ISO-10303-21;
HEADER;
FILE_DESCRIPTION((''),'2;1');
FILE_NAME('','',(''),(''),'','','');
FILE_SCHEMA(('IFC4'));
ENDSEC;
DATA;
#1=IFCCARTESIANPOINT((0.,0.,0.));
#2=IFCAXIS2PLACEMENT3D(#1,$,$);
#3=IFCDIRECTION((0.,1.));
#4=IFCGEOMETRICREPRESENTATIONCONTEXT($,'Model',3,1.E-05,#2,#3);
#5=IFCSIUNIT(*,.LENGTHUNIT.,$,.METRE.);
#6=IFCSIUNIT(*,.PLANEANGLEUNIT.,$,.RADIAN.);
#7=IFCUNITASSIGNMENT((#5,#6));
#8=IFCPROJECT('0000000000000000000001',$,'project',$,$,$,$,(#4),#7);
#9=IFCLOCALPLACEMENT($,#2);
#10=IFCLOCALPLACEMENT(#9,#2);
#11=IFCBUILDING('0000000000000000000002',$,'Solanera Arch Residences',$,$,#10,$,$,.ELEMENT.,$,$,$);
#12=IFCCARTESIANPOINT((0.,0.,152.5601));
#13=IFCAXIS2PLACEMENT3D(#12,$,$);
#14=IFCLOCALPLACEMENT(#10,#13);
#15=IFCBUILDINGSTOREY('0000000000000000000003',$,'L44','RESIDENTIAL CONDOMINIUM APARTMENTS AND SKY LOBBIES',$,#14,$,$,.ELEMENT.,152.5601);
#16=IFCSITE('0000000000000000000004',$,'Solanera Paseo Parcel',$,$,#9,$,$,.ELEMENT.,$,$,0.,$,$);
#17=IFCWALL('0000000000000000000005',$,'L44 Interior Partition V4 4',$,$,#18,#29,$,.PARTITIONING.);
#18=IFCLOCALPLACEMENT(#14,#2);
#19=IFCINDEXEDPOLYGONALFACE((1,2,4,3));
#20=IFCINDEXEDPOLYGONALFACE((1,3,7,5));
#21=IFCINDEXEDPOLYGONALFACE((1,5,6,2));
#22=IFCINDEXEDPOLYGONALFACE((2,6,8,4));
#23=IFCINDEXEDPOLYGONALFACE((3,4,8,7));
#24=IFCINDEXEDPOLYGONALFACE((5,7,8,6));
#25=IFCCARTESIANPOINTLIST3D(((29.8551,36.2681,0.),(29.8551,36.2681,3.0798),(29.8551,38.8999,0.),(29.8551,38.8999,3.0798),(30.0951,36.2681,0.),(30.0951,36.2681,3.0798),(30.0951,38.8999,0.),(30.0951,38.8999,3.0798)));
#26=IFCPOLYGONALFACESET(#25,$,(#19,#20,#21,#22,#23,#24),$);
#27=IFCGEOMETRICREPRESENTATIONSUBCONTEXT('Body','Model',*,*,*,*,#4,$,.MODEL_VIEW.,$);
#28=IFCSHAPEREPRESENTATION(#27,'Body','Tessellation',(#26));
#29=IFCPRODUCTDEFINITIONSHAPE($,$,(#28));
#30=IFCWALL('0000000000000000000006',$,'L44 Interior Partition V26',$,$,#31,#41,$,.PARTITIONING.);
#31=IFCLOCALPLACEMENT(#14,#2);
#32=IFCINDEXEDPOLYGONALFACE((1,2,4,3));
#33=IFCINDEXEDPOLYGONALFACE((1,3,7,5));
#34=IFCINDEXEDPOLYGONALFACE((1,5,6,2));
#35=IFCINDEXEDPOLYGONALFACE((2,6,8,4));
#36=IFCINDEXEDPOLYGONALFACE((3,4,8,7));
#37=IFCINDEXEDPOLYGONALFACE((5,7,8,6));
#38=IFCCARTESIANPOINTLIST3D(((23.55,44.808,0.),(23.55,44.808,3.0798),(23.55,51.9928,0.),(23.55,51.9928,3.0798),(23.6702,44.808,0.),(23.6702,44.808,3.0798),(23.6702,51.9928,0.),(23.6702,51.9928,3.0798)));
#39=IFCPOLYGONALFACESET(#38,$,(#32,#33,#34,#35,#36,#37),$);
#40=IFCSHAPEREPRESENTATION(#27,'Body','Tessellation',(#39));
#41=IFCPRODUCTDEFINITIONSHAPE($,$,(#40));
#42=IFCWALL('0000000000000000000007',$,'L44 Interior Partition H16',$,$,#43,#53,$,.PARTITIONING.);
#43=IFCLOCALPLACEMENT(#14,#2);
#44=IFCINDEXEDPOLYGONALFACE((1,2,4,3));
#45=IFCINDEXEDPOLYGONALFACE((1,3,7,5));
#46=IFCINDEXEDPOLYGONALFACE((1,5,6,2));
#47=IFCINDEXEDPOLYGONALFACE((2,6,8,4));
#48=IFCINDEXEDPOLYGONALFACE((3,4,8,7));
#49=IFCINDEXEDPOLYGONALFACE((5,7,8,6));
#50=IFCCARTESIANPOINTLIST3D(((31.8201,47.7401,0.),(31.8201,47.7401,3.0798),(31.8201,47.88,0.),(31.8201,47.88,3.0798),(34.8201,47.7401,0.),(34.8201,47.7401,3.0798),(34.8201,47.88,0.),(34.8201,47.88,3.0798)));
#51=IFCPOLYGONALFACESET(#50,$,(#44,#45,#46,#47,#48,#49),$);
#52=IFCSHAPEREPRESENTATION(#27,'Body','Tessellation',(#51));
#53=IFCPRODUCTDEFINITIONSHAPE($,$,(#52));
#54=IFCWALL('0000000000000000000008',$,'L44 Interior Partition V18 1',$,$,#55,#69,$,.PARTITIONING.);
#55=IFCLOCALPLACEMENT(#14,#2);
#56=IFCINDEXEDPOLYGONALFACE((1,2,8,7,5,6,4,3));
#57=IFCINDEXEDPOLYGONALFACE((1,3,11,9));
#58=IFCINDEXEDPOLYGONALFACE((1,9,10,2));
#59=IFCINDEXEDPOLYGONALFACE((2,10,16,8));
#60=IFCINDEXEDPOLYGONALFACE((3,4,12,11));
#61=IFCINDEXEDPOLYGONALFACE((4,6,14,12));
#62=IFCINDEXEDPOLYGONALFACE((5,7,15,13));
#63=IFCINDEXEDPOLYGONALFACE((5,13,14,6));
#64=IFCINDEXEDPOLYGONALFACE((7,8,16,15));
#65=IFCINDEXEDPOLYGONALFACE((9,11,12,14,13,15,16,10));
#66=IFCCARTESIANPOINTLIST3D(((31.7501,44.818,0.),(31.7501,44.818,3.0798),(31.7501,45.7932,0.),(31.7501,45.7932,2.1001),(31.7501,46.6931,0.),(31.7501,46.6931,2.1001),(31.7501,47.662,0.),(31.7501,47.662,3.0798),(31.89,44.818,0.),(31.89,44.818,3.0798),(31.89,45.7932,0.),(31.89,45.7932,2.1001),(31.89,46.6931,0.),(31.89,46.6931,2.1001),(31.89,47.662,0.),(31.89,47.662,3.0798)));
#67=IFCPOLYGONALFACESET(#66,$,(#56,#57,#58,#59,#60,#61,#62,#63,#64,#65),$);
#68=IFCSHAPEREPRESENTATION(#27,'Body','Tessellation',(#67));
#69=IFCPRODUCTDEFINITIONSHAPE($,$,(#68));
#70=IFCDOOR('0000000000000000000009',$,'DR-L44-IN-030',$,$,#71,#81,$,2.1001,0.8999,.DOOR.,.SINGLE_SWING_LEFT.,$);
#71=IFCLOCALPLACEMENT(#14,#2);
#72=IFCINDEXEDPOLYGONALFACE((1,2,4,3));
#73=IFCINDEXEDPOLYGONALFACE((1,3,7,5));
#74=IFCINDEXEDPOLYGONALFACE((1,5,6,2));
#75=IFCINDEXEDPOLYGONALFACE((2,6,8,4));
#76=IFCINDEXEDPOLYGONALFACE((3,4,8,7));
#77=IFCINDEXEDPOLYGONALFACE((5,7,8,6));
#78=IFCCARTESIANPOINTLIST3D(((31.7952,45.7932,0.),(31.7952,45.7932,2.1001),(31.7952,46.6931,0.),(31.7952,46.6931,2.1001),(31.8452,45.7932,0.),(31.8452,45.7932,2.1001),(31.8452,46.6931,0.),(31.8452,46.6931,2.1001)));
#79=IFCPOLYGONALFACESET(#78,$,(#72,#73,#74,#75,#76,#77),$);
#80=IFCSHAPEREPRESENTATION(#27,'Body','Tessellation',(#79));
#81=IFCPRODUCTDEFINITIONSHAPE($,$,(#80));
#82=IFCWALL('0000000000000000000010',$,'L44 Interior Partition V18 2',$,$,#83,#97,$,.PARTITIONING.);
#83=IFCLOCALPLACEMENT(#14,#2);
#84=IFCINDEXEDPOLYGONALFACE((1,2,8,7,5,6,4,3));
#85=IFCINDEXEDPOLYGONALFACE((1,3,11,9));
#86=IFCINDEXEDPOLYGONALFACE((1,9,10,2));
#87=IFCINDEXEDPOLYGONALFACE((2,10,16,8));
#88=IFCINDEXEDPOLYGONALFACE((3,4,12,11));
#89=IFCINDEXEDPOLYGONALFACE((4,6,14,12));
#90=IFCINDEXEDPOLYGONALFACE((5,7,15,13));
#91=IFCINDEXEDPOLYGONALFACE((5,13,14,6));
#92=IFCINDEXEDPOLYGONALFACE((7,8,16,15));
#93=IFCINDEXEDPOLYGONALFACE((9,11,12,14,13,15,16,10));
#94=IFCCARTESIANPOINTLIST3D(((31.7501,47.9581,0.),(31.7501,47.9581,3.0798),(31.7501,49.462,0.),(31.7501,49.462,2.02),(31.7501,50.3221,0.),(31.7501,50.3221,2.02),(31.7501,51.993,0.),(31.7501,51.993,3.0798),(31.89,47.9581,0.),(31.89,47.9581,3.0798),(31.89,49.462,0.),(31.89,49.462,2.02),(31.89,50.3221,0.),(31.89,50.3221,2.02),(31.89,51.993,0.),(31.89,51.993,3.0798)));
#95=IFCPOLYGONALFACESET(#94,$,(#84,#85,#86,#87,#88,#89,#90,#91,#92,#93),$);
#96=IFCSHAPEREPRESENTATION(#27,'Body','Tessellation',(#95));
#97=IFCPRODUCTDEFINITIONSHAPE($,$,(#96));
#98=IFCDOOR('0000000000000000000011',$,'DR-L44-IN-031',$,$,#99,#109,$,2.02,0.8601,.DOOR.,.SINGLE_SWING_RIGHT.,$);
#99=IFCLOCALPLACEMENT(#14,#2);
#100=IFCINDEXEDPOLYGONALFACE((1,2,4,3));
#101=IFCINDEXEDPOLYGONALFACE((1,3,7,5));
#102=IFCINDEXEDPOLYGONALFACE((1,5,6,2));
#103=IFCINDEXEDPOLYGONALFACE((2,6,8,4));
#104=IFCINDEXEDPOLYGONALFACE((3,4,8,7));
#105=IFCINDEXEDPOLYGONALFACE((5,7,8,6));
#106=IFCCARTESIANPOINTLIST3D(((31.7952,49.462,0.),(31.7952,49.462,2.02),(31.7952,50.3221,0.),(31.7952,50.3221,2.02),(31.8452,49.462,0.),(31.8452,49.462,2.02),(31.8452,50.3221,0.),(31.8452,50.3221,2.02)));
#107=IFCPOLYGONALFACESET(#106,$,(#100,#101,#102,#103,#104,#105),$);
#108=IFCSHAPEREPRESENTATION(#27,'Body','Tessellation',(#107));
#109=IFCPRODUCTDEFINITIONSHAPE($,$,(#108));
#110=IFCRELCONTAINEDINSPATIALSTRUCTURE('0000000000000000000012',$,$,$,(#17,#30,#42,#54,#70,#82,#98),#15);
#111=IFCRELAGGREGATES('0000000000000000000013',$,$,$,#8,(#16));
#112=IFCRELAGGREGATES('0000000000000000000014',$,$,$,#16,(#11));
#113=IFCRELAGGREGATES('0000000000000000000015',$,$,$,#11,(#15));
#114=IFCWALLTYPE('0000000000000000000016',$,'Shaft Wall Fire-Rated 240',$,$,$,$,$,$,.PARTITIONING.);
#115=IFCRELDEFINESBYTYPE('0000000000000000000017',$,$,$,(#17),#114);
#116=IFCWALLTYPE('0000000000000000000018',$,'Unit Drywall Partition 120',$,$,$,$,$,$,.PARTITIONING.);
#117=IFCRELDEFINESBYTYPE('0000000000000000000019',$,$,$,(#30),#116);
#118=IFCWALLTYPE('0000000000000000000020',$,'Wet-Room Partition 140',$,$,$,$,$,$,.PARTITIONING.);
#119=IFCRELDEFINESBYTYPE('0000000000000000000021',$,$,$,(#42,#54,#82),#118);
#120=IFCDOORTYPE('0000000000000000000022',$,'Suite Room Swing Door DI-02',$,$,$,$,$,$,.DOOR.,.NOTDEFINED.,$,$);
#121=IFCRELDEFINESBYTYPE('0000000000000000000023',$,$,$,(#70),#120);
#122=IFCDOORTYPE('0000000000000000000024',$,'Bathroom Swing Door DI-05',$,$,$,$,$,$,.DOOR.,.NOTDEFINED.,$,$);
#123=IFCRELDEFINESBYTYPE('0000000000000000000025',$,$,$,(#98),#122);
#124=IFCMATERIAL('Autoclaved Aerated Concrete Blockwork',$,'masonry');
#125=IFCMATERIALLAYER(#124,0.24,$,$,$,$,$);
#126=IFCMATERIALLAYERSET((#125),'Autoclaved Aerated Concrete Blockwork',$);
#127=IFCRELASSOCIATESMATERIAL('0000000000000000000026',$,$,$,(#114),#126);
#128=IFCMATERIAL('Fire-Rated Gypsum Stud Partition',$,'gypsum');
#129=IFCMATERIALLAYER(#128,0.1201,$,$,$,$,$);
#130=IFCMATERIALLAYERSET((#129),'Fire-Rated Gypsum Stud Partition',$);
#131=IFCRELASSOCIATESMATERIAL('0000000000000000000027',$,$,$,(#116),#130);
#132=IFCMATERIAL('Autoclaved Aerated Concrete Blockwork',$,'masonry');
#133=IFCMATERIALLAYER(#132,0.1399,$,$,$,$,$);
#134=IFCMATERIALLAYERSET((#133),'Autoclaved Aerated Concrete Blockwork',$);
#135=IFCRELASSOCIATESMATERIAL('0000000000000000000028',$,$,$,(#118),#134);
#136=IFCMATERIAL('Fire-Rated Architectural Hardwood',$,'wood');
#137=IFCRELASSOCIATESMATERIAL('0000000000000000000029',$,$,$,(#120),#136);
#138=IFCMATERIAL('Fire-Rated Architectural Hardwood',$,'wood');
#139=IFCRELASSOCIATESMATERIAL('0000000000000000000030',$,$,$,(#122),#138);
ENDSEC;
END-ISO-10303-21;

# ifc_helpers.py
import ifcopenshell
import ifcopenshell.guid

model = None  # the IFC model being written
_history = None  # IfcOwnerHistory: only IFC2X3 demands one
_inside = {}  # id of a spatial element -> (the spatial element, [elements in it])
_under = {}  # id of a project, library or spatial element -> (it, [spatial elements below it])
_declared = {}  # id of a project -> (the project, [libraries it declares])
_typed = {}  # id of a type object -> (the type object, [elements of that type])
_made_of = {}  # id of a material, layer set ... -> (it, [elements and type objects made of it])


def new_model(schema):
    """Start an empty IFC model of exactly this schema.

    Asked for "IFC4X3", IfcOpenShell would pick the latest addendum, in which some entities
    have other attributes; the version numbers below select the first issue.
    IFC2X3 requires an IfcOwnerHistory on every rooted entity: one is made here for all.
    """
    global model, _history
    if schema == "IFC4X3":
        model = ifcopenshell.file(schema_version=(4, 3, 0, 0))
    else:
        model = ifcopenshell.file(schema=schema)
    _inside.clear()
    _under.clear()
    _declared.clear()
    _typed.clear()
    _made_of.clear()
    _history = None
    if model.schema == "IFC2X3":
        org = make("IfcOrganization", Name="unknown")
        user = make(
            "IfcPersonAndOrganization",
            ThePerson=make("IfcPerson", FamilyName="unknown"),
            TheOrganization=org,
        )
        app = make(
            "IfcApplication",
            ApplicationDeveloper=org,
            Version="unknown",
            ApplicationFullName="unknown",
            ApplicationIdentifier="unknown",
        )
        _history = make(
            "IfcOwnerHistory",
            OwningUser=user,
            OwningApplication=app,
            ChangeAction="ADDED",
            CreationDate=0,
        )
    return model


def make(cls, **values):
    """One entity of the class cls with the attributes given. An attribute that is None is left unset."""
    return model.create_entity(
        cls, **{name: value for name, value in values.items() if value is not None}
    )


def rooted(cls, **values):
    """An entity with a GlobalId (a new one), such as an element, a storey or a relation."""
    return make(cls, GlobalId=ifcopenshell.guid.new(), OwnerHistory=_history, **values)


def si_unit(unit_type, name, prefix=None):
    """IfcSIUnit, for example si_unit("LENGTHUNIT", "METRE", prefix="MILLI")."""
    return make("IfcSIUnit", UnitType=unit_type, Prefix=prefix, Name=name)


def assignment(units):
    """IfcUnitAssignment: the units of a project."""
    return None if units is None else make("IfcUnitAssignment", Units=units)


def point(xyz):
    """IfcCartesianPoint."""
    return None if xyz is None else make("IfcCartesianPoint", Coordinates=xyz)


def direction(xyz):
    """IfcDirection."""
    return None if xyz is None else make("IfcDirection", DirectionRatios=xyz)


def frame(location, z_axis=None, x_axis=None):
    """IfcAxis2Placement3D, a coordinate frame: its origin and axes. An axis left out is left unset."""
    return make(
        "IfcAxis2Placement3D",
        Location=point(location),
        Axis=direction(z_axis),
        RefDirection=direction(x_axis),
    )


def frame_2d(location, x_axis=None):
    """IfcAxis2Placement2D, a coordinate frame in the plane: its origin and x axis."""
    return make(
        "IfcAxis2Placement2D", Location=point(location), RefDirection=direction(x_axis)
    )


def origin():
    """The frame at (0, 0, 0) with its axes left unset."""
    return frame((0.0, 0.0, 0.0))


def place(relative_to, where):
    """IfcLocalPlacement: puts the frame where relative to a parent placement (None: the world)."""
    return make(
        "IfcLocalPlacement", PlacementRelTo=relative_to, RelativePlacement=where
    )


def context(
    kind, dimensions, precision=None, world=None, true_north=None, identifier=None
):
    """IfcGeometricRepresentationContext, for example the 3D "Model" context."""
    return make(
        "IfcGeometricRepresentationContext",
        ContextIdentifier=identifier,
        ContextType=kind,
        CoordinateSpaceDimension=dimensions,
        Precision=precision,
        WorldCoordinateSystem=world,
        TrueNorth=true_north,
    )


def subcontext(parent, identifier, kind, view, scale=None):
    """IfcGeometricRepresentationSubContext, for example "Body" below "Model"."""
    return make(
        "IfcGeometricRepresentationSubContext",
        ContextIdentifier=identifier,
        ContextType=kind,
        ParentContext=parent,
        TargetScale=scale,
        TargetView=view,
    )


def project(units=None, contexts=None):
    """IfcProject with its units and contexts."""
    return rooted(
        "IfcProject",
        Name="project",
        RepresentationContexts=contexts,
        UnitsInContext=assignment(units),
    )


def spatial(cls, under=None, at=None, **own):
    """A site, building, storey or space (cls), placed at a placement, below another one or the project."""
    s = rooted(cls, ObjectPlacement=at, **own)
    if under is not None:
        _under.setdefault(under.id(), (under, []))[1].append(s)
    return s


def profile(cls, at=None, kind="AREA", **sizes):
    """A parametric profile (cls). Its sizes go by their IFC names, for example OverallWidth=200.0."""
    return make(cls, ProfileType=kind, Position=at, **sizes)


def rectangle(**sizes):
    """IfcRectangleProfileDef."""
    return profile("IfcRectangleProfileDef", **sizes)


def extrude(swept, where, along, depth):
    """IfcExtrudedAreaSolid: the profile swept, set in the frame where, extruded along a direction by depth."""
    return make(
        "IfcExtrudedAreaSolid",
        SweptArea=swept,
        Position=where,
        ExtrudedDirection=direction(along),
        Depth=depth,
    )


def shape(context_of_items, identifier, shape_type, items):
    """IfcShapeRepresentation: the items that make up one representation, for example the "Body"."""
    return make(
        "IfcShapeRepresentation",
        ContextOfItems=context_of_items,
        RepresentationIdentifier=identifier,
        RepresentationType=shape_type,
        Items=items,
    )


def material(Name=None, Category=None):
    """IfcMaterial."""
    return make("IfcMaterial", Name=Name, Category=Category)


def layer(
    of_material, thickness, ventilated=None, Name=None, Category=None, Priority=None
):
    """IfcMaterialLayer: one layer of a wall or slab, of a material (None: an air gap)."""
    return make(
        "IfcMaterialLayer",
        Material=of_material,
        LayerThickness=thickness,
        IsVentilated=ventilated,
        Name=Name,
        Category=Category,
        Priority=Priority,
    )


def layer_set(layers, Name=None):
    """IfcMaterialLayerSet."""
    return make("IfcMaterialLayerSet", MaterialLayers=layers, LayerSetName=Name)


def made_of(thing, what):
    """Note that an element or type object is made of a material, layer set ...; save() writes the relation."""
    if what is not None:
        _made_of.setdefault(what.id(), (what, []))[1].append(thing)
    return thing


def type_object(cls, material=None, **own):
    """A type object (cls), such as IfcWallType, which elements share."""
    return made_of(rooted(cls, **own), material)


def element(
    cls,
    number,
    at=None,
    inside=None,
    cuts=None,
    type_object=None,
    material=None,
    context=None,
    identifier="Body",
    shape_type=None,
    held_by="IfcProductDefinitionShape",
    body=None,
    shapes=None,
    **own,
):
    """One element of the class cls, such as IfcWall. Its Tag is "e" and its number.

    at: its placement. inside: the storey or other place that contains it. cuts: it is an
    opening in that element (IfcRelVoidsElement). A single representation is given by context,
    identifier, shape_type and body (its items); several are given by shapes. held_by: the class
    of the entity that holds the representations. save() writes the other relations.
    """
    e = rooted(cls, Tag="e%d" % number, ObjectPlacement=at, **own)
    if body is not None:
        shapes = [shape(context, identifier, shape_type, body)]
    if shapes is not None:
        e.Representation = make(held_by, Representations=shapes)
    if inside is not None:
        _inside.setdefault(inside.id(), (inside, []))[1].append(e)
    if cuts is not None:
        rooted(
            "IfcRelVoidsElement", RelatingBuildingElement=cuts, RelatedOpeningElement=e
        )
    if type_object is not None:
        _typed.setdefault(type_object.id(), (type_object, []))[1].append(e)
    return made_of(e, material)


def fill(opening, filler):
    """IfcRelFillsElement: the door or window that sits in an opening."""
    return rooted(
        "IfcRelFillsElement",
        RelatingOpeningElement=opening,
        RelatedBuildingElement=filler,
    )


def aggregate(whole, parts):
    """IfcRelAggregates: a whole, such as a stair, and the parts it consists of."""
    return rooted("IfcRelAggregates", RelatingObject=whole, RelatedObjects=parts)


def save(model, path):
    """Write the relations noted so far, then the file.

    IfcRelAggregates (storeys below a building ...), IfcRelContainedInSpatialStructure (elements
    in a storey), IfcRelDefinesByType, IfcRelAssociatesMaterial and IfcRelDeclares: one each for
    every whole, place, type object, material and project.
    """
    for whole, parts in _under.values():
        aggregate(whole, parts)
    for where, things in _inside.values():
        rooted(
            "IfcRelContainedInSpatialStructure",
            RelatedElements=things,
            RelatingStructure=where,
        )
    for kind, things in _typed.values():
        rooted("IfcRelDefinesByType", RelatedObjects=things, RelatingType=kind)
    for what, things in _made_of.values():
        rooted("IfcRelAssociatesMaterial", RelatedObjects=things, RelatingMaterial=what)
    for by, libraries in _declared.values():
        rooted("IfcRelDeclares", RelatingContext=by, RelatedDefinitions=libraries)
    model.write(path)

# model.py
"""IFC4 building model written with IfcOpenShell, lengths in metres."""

from ifc_helpers import new_model, si_unit, direction, frame, frame_2d, origin, place, context, subcontext, project, spatial, rectangle, extrude, material, layer, layer_set, type_object, element, fill, save


model = new_model("IFC4")

# Units and contexts
model_context = context("Model", 3, precision=1e-05, world=origin(), true_north=direction((0.0, 1.0)))
body_context = subcontext(model_context, "Body", "Model", "MODEL_VIEW")
ifc_project = project(units=[si_unit("LENGTHUNIT", "METRE"), si_unit("PLANEANGLEUNIT", "RADIAN")], contexts=[model_context])

# Site, building, storey
site_placement = place(None, origin())
site = spatial("IfcSite", under=ifc_project, at=site_placement, Name="Solanera Paseo Parcel", CompositionType="ELEMENT", RefElevation=0.0)
building_placement = place(site_placement, origin())
building = spatial("IfcBuilding", under=site, at=building_placement, Name="Solanera Arch Residences", CompositionType="ELEMENT")
storey_placement = place(building_placement, frame((0.0, 0.0, 152.5601)))
storey = spatial("IfcBuildingStorey", under=building, at=storey_placement, Name="L44", Description="RESIDENTIAL CONDOMINIUM APARTMENTS AND SKY LOBBIES", CompositionType="ELEMENT", Elevation=152.5601)

# Walls
ifc_material_1 = material(Name="Autoclaved Aerated Concrete Blockwork", Category="masonry")
ifc_layer_1 = layer(ifc_material_1, 0.24)
ifc_layer_set_1 = layer_set([ifc_layer_1], Name="Autoclaved Aerated Concrete Blockwork")
wall_type_1 = type_object("IfcWallType", Name="Shaft Wall Fire-Rated 240", PredefinedType="PARTITIONING", material=ifc_layer_set_1)
wall_1_placement = place(storey_placement, frame((29.9751, 36.2681, 0.0), z_axis=(0.0, 0.0, 1.0), x_axis=(0.0, 1.0, 0.0)))
element("IfcWall", 1, at=wall_1_placement, inside=storey, type_object=wall_type_1, Name="L44 Interior Partition V4 4", PredefinedType="PARTITIONING", context=body_context, shape_type="SweptSolid", body=[
    extrude(rectangle(XDim=2.6318, YDim=0.24, at=frame_2d((1.3159, 0.0))), origin(), (0.0, 0.0, 1.0), 3.0798),
])
ifc_material_2 = material(Name="Fire-Rated Gypsum Stud Partition", Category="gypsum")
ifc_layer_2 = layer(ifc_material_2, 0.1201)
ifc_layer_set_2 = layer_set([ifc_layer_2], Name="Fire-Rated Gypsum Stud Partition")
wall_type_2 = type_object("IfcWallType", Name="Unit Drywall Partition 120", PredefinedType="PARTITIONING", material=ifc_layer_set_2)
wall_2_placement = place(storey_placement, frame((23.6101, 44.8081, 0.0), z_axis=(0.0, 0.0, 1.0), x_axis=(0.0, 1.0, 0.0)))
element("IfcWall", 2, at=wall_2_placement, inside=storey, type_object=wall_type_2, Name="L44 Interior Partition V26", PredefinedType="PARTITIONING", context=body_context, shape_type="SweptSolid", body=[
    extrude(rectangle(XDim=7.1848, YDim=0.1201, at=frame_2d((3.5923, 0.0))), origin(), (0.0, 0.0, 1.0), 3.0798),
])
ifc_material_3 = material(Name="Autoclaved Aerated Concrete Blockwork", Category="masonry")
ifc_layer_3 = layer(ifc_material_3, 0.1399)
ifc_layer_set_3 = layer_set([ifc_layer_3], Name="Autoclaved Aerated Concrete Blockwork")
wall_type_3 = type_object("IfcWallType", Name="Wet-Room Partition 140", PredefinedType="PARTITIONING", material=ifc_layer_set_3)
wall_3_placement = place(storey_placement, frame((31.8201, 47.8101, 0.0), z_axis=(0.0, 0.0, 1.0), x_axis=(1.0, 0.0, 0.0)))
element("IfcWall", 3, at=wall_3_placement, inside=storey, type_object=wall_type_3, Name="L44 Interior Partition H16", PredefinedType="PARTITIONING", context=body_context, shape_type="SweptSolid", body=[
    extrude(rectangle(XDim=3.0, YDim=0.1399, at=frame_2d((1.5, 0.0))), origin(), (0.0, 0.0, 1.0), 3.0798),
])

# Walls, openings, doors
wall_4_placement = place(storey_placement, frame((31.8201, 44.8181, 0.0), z_axis=(0.0, 0.0, 1.0), x_axis=(0.0, 1.0, 0.0)))
wall_4 = element("IfcWall", 4, at=wall_4_placement, inside=storey, type_object=wall_type_3, Name="L44 Interior Partition V18 1", PredefinedType="PARTITIONING", context=body_context, shape_type="SweptSolid", body=[
    extrude(rectangle(XDim=2.844, YDim=0.1399, at=frame_2d((1.4219, 0.0))), origin(), (0.0, 0.0, 1.0), 3.0798),
])
opening_1_placement = place(wall_4_placement, frame((0.9751, 0.0, 0.0)))
opening_1 = element("IfcOpeningElement", 5, at=opening_1_placement, cuts=wall_4, PredefinedType="OPENING", context=body_context, shape_type="SweptSolid", body=[
    extrude(rectangle(XDim=0.8999, YDim=2.1001, at=frame_2d((0.45, 1.05))), frame((0.0, 0.0798, 0.0), z_axis=(0.0, -1.0, 0.0), x_axis=(1.0, 0.0, 0.0)), (0.0, 0.0, 1.0), 0.1599),
])
ifc_material_4 = material(Name="Fire-Rated Architectural Hardwood", Category="wood")
door_type_1 = type_object("IfcDoorType", Name="Suite Room Swing Door DI-02", OperationType="NOTDEFINED", PredefinedType="DOOR", material=ifc_material_4)
door_1_placement = place(opening_1_placement, origin())
door_1 = element("IfcDoor", 6, at=door_1_placement, inside=storey, type_object=door_type_1, Name="DR-L44-IN-030", OperationType="SINGLE_SWING_LEFT", OverallHeight=2.1001, OverallWidth=0.8999, PredefinedType="DOOR", context=body_context, shape_type="SweptSolid", body=[
    extrude(rectangle(XDim=0.8999, YDim=2.1001, at=frame_2d((0.45, 1.05))), frame((0.0, 0.0249, 0.0), z_axis=(0.0, -1.0, 0.0), x_axis=(1.0, 0.0, 0.0)), (0.0, 0.0, 1.0), 0.05),
])
fill(opening_1, door_1)
wall_5_placement = place(storey_placement, frame((31.8201, 47.958, 0.0), z_axis=(0.0, 0.0, 1.0), x_axis=(0.0, 1.0, 0.0)))
wall_5 = element("IfcWall", 7, at=wall_5_placement, inside=storey, type_object=wall_type_3, Name="L44 Interior Partition V18 2", PredefinedType="PARTITIONING", context=body_context, shape_type="SweptSolid", body=[
    extrude(rectangle(XDim=4.0349, YDim=0.1399, at=frame_2d((2.0176, 0.0))), origin(), (0.0, 0.0, 1.0), 3.0798),
])
opening_2_placement = place(wall_5_placement, frame((1.5039, 0.0, 0.0)))
opening_2 = element("IfcOpeningElement", 8, at=opening_2_placement, cuts=wall_5, PredefinedType="OPENING", context=body_context, shape_type="SweptSolid", body=[
    extrude(rectangle(XDim=0.8601, YDim=2.02, at=frame_2d((0.4302, 1.01))), frame((0.0, 0.0798, 0.0), z_axis=(0.0, -1.0, 0.0), x_axis=(1.0, 0.0, 0.0)), (0.0, 0.0, 1.0), 0.1599),
])
ifc_material_5 = material(Name="Fire-Rated Architectural Hardwood", Category="wood")
door_type_2 = type_object("IfcDoorType", Name="Bathroom Swing Door DI-05", OperationType="NOTDEFINED", PredefinedType="DOOR", material=ifc_material_5)
door_2_placement = place(opening_2_placement, origin())
door_2 = element("IfcDoor", 9, at=door_2_placement, inside=storey, type_object=door_type_2, Name="DR-L44-IN-031", OperationType="SINGLE_SWING_RIGHT", OverallHeight=2.02, OverallWidth=0.8601, PredefinedType="DOOR", context=body_context, shape_type="SweptSolid", body=[
    extrude(rectangle(XDim=0.8601, YDim=2.02, at=frame_2d((0.4302, 1.01))), frame((0.0, 0.0249, 0.0), z_axis=(0.0, -1.0, 0.0), x_axis=(1.0, 0.0, 0.0)), (0.0, 0.0, 1.0), 0.05),
])
fill(opening_2, door_2)

save(model, "model.ifc")
